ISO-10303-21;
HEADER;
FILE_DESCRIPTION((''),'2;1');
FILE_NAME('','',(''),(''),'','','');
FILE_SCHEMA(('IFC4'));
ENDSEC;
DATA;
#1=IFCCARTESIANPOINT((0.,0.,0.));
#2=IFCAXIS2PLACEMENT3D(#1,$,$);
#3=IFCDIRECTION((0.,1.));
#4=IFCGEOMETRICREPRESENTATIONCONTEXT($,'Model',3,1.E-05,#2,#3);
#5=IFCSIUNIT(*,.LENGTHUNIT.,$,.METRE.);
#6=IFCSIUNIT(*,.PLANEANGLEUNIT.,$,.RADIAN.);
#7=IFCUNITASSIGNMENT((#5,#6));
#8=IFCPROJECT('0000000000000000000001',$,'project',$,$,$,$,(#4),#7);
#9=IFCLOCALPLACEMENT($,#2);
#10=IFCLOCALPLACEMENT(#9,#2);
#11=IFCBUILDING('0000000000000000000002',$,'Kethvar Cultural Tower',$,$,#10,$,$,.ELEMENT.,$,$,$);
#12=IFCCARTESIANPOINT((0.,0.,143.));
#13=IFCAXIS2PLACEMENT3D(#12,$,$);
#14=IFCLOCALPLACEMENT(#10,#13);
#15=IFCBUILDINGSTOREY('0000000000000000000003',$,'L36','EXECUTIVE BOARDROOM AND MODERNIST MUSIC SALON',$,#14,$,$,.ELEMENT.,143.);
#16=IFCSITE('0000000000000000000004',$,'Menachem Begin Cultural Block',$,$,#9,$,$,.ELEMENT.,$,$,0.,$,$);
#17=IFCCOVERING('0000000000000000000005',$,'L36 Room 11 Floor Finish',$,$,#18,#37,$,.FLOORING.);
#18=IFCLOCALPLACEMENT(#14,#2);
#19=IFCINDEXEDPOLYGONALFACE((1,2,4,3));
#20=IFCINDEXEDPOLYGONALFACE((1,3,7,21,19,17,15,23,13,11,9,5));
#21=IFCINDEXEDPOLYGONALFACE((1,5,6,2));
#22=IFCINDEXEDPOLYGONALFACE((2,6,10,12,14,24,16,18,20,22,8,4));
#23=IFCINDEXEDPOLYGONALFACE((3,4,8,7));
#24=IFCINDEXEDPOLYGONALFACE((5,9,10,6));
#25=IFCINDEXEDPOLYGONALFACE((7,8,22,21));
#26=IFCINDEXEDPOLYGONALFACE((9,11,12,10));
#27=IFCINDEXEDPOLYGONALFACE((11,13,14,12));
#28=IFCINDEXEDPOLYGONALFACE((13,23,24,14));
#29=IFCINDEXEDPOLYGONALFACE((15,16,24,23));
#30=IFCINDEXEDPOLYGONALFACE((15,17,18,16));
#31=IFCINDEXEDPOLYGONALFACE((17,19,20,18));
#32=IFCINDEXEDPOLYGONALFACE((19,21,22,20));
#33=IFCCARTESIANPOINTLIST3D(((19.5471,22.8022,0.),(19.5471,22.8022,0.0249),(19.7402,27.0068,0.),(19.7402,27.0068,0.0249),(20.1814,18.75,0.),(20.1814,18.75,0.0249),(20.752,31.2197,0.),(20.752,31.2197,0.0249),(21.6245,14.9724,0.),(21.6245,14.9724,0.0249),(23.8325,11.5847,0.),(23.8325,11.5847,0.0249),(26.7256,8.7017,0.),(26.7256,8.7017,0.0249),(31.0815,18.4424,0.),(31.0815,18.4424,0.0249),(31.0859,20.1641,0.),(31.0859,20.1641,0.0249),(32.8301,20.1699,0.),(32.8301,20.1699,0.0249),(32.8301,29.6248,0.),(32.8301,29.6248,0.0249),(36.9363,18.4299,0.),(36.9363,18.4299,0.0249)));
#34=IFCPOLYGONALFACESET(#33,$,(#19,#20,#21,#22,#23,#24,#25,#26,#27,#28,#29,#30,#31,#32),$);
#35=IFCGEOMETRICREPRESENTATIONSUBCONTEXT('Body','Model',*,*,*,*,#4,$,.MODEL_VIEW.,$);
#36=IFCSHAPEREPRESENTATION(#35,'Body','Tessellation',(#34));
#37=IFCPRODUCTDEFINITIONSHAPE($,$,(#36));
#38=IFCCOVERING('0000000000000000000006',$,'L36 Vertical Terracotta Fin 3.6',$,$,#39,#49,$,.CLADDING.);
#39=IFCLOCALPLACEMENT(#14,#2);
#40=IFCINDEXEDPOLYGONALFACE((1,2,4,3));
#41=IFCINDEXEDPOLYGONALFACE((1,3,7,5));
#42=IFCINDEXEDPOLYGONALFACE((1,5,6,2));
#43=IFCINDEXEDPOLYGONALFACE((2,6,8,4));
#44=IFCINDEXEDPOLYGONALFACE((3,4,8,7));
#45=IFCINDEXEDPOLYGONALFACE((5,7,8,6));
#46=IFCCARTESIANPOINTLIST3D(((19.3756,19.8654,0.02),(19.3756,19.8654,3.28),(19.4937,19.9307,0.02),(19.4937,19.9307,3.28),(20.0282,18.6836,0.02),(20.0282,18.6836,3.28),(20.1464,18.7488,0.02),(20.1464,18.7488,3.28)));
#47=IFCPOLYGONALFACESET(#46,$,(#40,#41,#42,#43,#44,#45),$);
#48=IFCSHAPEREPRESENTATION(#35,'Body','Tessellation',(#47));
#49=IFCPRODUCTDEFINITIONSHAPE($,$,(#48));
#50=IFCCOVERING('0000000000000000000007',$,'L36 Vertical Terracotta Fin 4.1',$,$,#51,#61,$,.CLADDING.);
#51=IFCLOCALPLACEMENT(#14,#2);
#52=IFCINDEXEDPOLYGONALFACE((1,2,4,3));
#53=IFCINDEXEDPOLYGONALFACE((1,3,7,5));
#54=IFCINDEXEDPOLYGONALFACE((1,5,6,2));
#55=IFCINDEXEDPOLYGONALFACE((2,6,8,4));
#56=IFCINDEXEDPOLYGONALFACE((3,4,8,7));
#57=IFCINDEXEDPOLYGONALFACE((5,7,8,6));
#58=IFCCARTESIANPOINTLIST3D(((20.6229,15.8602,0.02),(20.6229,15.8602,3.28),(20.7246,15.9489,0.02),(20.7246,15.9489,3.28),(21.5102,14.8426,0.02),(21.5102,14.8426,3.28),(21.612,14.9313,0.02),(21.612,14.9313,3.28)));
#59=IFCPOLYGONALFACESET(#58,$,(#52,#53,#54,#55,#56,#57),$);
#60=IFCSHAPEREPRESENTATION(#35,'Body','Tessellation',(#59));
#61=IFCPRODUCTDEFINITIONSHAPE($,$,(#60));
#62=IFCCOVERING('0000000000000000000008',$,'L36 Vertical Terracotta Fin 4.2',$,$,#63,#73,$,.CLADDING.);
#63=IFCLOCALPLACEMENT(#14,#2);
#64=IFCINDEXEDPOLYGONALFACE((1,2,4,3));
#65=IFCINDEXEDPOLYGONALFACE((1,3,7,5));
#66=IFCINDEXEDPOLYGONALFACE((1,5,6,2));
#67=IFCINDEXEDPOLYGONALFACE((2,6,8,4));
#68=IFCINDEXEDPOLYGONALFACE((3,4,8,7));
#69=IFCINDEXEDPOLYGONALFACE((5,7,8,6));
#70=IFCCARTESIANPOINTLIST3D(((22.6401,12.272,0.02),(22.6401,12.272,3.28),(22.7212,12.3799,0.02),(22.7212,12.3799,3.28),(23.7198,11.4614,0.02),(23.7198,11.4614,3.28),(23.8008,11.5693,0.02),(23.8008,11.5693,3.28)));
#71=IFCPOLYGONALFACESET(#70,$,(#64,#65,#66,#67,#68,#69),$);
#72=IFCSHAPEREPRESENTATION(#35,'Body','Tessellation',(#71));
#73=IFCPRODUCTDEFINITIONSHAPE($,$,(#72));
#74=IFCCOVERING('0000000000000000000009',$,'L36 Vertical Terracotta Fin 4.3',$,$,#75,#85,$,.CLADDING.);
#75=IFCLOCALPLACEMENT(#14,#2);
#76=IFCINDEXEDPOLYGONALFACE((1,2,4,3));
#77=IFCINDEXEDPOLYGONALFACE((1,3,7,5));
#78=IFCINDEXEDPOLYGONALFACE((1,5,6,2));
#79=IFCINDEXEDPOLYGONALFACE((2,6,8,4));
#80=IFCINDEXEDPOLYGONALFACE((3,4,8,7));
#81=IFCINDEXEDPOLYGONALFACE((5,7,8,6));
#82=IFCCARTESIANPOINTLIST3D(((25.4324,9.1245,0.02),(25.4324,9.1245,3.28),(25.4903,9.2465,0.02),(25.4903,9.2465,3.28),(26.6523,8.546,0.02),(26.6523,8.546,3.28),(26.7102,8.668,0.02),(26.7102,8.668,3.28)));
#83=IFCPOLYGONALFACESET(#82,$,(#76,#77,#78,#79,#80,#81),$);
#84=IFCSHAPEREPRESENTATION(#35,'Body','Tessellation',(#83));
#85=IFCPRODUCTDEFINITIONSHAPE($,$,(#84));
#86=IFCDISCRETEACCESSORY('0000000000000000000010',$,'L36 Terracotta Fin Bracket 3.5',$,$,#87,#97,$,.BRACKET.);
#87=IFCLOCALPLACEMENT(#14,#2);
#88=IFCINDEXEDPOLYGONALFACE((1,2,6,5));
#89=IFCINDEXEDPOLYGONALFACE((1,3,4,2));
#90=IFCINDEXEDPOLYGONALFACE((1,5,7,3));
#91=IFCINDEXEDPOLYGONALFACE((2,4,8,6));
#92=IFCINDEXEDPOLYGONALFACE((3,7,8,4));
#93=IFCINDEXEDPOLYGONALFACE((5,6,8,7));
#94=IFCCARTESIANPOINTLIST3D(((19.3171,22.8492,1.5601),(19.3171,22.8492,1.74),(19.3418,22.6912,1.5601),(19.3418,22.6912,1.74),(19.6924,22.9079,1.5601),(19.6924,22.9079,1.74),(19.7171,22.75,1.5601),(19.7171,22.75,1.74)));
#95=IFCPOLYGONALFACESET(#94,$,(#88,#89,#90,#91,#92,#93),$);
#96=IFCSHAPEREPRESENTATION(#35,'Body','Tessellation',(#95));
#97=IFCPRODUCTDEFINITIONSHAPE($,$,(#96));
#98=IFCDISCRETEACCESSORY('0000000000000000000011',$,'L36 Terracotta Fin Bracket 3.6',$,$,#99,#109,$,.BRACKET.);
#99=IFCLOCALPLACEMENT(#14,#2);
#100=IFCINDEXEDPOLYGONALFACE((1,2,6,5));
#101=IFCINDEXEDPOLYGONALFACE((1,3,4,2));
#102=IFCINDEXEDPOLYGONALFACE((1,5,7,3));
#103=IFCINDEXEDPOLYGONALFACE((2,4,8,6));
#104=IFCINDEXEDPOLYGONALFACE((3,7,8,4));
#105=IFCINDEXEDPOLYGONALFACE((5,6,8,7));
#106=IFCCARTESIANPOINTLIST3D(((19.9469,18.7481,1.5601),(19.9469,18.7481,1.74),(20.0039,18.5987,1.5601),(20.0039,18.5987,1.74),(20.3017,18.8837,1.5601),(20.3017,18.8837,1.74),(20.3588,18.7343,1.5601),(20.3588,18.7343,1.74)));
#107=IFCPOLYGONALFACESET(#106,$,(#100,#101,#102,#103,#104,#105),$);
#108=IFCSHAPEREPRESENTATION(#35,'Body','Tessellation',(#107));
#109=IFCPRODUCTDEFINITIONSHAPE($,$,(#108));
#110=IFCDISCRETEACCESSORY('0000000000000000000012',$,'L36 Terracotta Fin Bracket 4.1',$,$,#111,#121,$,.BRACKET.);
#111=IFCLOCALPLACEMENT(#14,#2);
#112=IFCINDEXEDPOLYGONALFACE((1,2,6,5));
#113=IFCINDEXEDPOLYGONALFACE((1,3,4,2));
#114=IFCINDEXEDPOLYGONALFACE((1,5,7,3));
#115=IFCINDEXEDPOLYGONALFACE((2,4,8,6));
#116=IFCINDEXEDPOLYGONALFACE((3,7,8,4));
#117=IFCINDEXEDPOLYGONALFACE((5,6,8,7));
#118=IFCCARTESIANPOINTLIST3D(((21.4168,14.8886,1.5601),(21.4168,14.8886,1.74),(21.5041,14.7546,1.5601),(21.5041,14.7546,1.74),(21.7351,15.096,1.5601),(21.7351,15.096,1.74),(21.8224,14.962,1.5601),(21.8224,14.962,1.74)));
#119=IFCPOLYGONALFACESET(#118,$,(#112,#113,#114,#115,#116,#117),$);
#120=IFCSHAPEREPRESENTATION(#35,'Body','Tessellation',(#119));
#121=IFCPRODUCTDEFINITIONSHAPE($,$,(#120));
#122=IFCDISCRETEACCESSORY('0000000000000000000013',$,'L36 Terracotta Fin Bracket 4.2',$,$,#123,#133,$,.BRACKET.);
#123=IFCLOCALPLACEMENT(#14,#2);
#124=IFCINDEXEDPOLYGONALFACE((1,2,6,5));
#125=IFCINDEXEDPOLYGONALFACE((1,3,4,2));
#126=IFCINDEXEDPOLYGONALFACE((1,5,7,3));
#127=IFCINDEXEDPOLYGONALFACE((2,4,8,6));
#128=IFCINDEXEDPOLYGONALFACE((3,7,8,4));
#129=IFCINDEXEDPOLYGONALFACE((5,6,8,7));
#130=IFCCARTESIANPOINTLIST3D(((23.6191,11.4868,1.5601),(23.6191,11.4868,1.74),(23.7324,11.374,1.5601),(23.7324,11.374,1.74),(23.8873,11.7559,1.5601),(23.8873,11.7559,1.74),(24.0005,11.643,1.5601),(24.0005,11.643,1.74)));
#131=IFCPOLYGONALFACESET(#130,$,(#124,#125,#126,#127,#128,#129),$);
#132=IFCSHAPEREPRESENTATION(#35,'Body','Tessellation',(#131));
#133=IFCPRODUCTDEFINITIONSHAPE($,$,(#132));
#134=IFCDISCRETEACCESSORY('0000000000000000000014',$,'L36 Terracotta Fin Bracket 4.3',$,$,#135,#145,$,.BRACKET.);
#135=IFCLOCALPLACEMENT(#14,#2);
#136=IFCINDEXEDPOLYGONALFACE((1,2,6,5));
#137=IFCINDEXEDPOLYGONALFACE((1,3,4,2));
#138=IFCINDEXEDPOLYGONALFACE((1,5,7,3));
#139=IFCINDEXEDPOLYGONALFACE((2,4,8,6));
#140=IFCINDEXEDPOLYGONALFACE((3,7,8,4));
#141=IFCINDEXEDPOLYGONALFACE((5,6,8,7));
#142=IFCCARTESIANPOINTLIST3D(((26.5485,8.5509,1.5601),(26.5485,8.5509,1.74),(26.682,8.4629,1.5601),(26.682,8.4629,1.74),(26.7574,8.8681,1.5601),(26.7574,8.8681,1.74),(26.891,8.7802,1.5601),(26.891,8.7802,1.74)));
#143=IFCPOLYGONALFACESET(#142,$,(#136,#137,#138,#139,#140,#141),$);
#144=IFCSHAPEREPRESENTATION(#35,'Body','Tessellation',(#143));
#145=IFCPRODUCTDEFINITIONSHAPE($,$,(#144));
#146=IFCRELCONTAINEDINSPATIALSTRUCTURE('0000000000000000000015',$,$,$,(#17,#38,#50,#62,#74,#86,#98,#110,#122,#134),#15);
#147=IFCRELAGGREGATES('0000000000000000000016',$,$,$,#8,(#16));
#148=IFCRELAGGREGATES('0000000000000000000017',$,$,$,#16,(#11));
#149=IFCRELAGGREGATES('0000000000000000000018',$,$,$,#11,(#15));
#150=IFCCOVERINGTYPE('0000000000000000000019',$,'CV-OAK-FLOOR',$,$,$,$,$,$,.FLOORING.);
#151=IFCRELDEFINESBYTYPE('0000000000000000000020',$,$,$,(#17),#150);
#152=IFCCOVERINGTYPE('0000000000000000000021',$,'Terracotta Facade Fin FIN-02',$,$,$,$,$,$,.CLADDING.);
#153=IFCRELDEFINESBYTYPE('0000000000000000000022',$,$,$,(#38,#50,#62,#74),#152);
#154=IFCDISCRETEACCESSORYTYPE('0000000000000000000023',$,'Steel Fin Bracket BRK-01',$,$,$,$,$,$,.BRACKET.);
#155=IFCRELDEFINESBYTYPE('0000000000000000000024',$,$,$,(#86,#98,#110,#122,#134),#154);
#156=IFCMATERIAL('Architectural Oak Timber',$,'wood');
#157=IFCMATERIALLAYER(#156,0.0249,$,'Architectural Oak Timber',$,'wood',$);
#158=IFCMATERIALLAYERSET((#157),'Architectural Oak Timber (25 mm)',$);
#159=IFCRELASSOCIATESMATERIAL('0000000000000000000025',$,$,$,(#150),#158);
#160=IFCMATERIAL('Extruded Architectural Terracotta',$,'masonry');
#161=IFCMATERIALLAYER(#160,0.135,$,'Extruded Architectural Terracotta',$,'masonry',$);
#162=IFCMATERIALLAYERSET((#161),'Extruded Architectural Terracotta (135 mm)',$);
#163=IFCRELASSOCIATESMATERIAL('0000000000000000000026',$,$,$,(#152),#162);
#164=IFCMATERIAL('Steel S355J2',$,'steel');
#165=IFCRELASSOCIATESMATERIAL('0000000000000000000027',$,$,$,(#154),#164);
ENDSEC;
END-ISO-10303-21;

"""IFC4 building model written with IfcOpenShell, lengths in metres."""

from ifc_helpers import new_model, si_unit, direction, frame, origin, origin_2d, place, context, subcontext, project, spatial, polyline, rectangle, outline, extrude, source, transform, mapped, material, layer, layer_set, type_object, element, save


model = new_model("IFC4")

# Units and contexts
model_context = context("Model", 3, precision=1e-05, world=origin(), true_north=direction((0.0, 1.0)))
body_context = subcontext(model_context, "Body", "Model", "MODEL_VIEW")
ifc_project = project(units=[si_unit("LENGTHUNIT", "METRE"), si_unit("PLANEANGLEUNIT", "RADIAN")], contexts=[model_context])

# Site, building, storey
site_placement = place(None, origin())
site = spatial("IfcSite", under=ifc_project, at=site_placement, Name="Menachem Begin Cultural Block", CompositionType="ELEMENT", RefElevation=0.0)
building_placement = place(site_placement, origin())
building = spatial("IfcBuilding", under=site, at=building_placement, Name="Kethvar Cultural Tower", CompositionType="ELEMENT")
storey_placement = place(building_placement, frame((0.0, 0.0, 143.0)))
storey = spatial("IfcBuildingStorey", under=building, at=storey_placement, Name="L36", Description="EXECUTIVE BOARDROOM AND MODERNIST MUSIC SALON", CompositionType="ELEMENT", Elevation=143.0)

# Shared definitions
ifc_material_1 = material(Name="Steel S355J2", Category="steel")

# Coverings
ifc_material_2 = material(Name="Architectural Oak Timber", Category="wood")
ifc_layer_1 = layer(ifc_material_2, 0.0249, Name="Architectural Oak Timber", Category="wood")
ifc_layer_set_1 = layer_set([ifc_layer_1], Name="Architectural Oak Timber (25 mm)")
covering_type_1 = type_object("IfcCoveringType", Name="CV-OAK-FLOOR", PredefinedType="FLOORING", material=ifc_layer_set_1)
covering_placement = place(storey_placement, origin())
element("IfcCovering", 1, at=covering_placement, inside=storey, type_object=covering_type_1, Name="L36 Room 11 Floor Finish", PredefinedType="FLOORING", context=body_context, shape_type="SweptSolid", body=[
    extrude(outline(polyline([(23.8325, 11.5847), (21.6245, 14.9724), (20.1814, 18.75), (19.5471, 22.8022), (19.7402, 27.0068), (20.752, 31.2197), (32.8301, 29.6248), (32.8301, 20.1699), (31.0859, 20.1641), (31.0815, 18.4424), (36.9363, 18.4299), (26.7256, 8.7017), (23.8325, 11.5847)])), origin(), (0.0, 0.0, 1.0), 0.0249),
])
ifc_material_3 = material(Name="Extruded Architectural Terracotta", Category="masonry")
ifc_layer_2 = layer(ifc_material_3, 0.135, Name="Extruded Architectural Terracotta", Category="masonry")
ifc_layer_set_2 = layer_set([ifc_layer_2], Name="Extruded Architectural Terracotta (135 mm)")
covering_type_2 = type_object("IfcCoveringType", Name="Terracotta Facade Fin FIN-02", PredefinedType="CLADDING", material=ifc_layer_set_2)
shared_shape_1 = source(origin(), body_context, "Body", "SweptSolid", [
    extrude(rectangle(XDim=1.3501, YDim=0.135, at=origin_2d()), origin(), (0.0, 0.0, 1.0), 3.26),
])
for number, where, z_axis, x_axis, name in (
    (2, (19.761, 19.3071, 0.02), (0.0, 0.0, 1.0), (-0.483435, 0.87538, 0.0), "L36 Vertical Terracotta Fin 3.6"),
    (3, (21.1174, 15.3958, 0.02), (0.0, 0.0, 1.0), (-0.657244, 0.753678, 0.0), "L36 Vertical Terracotta Fin 4.1"),
    (4, (23.2205, 11.9207, 0.02), (0.0, 0.0, 1.0), (-0.799685, 0.60042, 0.0), "L36 Vertical Terracotta Fin 4.2"),
    (5, (26.0713, 8.8962, 0.02), (0.0, 0.0, 1.0), (-0.90356, 0.428462, 0.0), "L36 Vertical Terracotta Fin 4.3"),
):
    element("IfcCovering", number, at=place(storey_placement, frame(where, z_axis=z_axis, x_axis=x_axis)), inside=storey, type_object=covering_type_2, Name=name, PredefinedType="CLADDING", context=body_context, shape_type="MappedRepresentation", body=[
        mapped(shared_shape_1, transform((0.0, 0.0, 0.0), scale=1.0)),
    ])

# Discrete accessories
discrete_accessory_type = type_object("IfcDiscreteAccessoryType", Name="Steel Fin Bracket BRK-01", PredefinedType="BRACKET", material=ifc_material_1)
shared_shape_2 = source(origin(), body_context, "Body", "SweptSolid", [
    extrude(rectangle(XDim=0.3799, YDim=0.1599, at=origin_2d()), origin(), (0.0, 0.0, 1.0), 0.1799),
])
for number, where, z_axis, x_axis, name in (
    (6, (19.5171, 22.7996, 1.5601), (0.0, 0.0, 1.0), (-0.98796, -0.15471, 0.0), "L36 Terracotta Fin Bracket 3.5"),
    (7, (20.1528, 18.7412, 1.5601), (0.0, 0.0, 1.0), (-0.934142, -0.356901, 0.0), "L36 Terracotta Fin Bracket 3.6"),
    (8, (21.6196, 14.9253, 1.5601), (0.0, 0.0, 1.0), (-0.837814, -0.545956, 0.0), "L36 Terracotta Fin Bracket 4.1"),
    (9, (23.8098, 11.5649, 1.5601), (0.0, 0.0, 1.0), (-0.705872, -0.70834, 0.0), "L36 Terracotta Fin Bracket 4.2"),
    (10, (26.7197, 8.6655, 1.5601), (0.0, 0.0, 1.0), (-0.550044, -0.835136, 0.0), "L36 Terracotta Fin Bracket 4.3"),
):
    element("IfcDiscreteAccessory", number, at=place(storey_placement, frame(where, z_axis=z_axis, x_axis=x_axis)), inside=storey, type_object=discrete_accessory_type, Name=name, PredefinedType="BRACKET", context=body_context, shape_type="MappedRepresentation", body=[
        mapped(shared_shape_2, transform((0.0, 0.0, 0.0), scale=1.0)),
    ])

save(model, "model.ifc")
